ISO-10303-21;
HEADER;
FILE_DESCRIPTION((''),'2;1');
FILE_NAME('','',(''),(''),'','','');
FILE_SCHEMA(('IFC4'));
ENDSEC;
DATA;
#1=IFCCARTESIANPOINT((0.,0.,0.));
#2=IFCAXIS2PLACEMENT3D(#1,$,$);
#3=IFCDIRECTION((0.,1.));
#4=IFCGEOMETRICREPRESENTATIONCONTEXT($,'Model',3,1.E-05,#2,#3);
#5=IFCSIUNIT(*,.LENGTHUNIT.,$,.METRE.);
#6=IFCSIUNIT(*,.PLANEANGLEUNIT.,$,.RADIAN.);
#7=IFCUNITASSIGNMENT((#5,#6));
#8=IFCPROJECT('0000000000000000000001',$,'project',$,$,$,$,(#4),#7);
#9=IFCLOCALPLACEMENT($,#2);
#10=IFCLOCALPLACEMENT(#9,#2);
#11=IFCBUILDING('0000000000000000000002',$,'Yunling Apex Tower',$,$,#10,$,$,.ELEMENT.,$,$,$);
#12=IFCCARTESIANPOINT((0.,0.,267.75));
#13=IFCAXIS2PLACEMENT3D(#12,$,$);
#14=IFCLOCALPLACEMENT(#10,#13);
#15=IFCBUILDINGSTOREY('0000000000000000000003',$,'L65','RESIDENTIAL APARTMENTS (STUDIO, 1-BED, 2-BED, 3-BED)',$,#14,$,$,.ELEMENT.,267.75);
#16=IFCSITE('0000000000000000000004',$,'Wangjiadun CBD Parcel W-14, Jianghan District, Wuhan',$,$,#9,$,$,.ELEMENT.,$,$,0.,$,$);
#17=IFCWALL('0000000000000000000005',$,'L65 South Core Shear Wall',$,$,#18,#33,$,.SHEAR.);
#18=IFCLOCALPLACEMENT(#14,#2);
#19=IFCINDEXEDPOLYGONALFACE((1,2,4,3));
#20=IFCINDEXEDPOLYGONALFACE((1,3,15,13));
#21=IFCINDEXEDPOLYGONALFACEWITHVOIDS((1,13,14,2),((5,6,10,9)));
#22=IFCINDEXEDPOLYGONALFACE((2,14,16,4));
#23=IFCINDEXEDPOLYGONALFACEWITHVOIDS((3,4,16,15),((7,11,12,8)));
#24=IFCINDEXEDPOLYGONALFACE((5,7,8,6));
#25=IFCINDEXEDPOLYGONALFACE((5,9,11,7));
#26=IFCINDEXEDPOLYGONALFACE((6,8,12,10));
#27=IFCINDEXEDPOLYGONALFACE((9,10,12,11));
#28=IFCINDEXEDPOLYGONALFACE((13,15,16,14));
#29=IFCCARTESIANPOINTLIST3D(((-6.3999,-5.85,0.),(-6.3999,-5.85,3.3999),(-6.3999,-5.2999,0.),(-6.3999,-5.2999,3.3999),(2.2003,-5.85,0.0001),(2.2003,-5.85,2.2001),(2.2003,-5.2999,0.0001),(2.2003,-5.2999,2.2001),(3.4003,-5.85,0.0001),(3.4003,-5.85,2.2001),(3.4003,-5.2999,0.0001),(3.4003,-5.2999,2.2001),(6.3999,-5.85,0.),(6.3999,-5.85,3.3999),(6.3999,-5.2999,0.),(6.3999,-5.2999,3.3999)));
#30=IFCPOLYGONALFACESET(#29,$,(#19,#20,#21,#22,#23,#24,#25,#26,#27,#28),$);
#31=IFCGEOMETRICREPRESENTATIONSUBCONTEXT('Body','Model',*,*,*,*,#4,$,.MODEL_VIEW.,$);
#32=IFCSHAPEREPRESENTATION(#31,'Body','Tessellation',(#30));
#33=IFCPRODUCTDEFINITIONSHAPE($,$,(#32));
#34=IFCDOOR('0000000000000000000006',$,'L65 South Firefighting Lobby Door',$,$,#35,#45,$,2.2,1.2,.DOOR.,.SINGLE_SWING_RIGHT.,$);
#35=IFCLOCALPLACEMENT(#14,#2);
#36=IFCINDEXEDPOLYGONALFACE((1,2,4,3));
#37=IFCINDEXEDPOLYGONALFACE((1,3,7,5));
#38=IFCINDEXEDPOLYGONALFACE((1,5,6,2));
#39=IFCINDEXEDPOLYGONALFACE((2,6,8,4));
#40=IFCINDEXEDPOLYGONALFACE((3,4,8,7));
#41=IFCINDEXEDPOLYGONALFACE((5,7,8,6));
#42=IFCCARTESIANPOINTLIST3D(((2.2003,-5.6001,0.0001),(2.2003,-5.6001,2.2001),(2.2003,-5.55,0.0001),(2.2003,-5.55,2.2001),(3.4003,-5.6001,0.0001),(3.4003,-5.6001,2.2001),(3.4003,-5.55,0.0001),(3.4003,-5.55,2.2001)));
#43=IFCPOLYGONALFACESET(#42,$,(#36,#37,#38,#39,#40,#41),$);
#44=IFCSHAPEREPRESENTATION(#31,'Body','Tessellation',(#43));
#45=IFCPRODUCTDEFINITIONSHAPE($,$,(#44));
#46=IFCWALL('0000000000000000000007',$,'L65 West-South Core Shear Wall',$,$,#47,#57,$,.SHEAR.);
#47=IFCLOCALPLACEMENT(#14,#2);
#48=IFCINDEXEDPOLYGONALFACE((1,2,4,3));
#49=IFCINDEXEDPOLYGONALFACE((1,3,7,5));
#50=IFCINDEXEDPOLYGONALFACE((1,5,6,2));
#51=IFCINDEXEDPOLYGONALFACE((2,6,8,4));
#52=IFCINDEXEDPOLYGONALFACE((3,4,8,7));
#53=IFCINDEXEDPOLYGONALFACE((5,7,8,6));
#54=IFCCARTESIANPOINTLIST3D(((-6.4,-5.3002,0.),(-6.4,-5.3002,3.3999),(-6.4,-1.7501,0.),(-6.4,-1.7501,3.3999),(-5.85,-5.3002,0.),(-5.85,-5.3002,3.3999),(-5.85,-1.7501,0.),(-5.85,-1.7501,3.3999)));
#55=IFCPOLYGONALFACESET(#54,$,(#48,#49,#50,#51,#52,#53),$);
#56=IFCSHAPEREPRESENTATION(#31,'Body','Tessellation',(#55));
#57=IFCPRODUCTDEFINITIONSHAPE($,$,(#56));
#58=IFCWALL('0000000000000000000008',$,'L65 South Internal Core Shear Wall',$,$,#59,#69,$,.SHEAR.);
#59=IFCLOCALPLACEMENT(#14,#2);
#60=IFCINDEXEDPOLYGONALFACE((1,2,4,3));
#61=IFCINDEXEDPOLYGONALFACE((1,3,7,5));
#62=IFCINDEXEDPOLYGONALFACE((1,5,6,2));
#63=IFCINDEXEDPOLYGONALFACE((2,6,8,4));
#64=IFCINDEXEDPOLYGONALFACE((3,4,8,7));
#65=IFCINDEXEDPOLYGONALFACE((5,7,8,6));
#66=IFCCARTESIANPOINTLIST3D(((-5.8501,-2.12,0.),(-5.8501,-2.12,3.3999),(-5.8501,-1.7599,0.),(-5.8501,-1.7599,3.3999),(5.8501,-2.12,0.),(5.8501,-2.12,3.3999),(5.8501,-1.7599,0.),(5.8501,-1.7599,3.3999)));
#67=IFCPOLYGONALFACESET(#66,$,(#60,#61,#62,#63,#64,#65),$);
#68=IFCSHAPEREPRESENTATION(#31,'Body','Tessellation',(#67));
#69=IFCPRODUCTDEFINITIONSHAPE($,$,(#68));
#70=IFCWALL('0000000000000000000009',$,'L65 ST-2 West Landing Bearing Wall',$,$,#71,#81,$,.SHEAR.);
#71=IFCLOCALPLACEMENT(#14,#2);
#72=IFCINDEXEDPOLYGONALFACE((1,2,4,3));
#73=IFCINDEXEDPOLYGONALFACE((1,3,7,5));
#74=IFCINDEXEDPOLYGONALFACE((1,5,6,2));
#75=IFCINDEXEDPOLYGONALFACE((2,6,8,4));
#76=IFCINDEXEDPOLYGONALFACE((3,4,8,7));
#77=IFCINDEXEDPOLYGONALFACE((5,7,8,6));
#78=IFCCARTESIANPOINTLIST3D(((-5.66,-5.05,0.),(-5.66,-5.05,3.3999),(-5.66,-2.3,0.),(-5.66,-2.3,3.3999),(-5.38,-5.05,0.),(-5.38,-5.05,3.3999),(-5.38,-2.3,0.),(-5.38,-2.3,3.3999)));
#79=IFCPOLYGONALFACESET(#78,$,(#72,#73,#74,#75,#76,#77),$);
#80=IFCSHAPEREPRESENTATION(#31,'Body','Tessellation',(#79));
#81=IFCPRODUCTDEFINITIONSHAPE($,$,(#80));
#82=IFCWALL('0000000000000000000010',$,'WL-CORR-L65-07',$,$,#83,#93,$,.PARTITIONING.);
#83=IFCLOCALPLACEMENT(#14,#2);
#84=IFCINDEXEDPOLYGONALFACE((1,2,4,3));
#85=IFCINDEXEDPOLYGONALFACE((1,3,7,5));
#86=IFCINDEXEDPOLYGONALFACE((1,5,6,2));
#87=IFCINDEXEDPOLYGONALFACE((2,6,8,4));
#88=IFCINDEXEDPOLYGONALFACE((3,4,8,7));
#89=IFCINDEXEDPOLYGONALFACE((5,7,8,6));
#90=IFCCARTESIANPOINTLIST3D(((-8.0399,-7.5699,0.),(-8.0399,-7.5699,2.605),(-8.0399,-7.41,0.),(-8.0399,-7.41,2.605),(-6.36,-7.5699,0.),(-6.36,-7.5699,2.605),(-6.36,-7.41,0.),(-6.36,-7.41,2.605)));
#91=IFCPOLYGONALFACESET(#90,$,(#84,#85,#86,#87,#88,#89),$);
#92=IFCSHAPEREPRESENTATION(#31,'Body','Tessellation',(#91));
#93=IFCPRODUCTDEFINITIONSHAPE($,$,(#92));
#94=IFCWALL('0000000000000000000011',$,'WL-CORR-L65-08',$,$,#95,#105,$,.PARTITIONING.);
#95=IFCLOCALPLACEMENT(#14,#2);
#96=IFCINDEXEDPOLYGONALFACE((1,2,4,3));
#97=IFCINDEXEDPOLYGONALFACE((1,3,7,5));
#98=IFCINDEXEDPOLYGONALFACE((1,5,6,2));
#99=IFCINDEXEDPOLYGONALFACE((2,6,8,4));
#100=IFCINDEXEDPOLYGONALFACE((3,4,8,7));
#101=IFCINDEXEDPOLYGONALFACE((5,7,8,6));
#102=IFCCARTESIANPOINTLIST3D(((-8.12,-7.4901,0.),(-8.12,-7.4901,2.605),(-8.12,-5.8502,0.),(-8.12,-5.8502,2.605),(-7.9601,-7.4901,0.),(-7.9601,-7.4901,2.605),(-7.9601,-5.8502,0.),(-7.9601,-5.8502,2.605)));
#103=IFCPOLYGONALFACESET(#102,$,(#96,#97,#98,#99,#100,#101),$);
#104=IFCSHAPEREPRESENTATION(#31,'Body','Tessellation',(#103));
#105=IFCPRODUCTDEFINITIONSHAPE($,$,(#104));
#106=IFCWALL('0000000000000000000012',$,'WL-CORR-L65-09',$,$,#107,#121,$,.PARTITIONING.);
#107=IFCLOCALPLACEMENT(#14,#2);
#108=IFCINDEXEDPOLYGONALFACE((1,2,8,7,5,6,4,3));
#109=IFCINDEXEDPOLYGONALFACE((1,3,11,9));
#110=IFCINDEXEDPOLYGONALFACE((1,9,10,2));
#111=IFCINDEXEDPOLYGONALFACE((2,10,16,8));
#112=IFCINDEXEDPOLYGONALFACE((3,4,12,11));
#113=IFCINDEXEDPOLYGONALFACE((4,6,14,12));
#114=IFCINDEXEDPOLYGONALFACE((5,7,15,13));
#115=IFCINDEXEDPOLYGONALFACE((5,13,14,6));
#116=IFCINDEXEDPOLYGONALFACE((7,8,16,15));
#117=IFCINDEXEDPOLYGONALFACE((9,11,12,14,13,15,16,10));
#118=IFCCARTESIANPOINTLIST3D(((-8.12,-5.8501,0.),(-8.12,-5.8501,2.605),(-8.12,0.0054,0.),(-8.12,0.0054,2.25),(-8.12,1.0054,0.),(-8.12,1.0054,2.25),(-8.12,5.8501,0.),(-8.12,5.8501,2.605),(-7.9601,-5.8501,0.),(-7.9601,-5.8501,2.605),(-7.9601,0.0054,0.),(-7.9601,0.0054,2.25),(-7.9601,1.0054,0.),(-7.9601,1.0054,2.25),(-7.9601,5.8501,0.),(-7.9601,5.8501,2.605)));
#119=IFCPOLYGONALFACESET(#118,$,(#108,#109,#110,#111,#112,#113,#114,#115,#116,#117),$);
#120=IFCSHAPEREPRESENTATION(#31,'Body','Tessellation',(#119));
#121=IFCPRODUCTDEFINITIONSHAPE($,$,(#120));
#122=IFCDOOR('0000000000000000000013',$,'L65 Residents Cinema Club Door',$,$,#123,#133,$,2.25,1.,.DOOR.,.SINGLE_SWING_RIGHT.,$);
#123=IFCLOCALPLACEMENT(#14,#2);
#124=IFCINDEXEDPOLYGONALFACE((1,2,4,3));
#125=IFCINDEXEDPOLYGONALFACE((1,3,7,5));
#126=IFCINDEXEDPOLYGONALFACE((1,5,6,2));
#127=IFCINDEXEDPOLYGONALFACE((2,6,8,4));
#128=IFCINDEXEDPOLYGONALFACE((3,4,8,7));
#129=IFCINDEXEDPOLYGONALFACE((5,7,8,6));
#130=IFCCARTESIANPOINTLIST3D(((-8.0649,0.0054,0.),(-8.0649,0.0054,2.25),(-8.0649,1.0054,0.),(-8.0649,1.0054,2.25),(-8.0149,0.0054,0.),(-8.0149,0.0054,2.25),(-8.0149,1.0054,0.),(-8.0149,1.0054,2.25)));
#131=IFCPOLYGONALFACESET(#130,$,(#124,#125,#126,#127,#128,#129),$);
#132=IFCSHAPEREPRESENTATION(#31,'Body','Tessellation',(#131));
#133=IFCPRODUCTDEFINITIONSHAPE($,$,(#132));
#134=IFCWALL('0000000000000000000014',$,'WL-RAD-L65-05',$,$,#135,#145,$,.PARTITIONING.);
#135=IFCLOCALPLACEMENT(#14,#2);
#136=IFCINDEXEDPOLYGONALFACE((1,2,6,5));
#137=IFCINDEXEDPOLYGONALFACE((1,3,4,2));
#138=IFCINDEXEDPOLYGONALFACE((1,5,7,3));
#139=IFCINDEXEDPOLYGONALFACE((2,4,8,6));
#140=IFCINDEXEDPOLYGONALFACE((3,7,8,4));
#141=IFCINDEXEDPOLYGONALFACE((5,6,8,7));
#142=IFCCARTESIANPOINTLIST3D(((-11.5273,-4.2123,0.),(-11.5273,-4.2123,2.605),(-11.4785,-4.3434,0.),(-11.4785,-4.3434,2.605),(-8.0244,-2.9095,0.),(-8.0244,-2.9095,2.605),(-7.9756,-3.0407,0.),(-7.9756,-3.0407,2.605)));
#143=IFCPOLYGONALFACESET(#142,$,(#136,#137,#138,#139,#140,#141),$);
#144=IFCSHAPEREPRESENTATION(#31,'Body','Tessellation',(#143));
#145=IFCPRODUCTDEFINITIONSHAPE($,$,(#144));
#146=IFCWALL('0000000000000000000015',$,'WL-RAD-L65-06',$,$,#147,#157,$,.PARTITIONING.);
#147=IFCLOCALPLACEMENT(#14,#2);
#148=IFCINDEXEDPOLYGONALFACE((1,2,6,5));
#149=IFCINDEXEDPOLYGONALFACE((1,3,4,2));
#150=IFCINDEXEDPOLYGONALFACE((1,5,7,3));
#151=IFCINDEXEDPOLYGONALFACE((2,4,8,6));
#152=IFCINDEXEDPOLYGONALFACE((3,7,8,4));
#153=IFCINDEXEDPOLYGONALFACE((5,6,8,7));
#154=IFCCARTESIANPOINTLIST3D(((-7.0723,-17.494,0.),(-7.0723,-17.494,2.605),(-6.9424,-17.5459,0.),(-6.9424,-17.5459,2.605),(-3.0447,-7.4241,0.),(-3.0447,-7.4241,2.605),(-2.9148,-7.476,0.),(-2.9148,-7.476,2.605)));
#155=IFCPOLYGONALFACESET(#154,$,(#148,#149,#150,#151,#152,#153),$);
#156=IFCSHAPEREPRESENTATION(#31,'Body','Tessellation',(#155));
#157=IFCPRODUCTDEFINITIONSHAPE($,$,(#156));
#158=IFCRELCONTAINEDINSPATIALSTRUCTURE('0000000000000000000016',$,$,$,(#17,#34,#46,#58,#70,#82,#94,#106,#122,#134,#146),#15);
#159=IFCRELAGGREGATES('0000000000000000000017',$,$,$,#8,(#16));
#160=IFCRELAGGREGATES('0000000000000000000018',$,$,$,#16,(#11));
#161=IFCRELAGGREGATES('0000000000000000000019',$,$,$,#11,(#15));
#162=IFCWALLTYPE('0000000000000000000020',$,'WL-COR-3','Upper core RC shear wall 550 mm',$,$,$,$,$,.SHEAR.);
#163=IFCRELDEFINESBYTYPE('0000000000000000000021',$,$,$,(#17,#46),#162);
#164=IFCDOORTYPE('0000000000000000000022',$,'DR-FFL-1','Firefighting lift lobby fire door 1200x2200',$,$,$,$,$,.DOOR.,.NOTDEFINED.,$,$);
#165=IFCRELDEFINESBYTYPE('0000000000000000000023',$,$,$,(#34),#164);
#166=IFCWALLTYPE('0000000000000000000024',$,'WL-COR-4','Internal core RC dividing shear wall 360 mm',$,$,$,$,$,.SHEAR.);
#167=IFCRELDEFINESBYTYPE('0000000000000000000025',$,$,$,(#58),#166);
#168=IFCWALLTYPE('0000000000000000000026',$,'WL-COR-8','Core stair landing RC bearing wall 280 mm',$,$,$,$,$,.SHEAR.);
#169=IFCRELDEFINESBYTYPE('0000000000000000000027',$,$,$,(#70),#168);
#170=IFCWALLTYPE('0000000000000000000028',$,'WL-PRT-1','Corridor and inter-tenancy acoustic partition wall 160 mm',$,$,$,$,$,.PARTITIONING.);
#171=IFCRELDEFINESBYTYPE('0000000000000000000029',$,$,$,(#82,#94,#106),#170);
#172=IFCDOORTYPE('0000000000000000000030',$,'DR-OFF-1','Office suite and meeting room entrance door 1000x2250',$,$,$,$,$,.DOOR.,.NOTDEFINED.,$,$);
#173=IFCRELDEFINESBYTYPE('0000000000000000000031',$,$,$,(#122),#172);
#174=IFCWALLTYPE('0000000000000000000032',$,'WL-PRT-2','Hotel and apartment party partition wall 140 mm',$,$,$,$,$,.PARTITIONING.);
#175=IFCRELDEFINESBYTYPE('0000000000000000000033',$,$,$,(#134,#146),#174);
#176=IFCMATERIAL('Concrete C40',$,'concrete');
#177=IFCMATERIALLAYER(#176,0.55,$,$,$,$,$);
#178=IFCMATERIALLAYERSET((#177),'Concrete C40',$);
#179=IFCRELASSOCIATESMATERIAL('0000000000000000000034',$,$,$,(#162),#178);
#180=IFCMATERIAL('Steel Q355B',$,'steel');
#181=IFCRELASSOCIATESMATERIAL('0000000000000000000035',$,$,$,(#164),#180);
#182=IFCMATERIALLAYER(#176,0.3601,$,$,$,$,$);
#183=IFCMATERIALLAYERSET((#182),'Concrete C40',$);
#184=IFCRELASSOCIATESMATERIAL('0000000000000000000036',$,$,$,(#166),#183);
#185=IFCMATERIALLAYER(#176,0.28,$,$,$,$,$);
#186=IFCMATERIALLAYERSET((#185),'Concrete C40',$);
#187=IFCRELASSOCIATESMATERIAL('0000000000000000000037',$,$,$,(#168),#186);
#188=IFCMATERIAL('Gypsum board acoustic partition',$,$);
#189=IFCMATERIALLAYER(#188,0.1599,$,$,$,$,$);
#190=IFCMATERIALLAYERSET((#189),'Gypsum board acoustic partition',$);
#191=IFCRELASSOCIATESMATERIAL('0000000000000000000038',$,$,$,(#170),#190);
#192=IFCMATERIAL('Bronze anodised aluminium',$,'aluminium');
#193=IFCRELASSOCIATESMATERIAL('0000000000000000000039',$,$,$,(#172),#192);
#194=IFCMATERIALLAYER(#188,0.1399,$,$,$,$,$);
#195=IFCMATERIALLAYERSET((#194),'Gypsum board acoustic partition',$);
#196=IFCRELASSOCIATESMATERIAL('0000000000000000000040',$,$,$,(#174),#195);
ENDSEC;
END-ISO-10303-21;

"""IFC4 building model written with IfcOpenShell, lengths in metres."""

from ifc_helpers import new_model, si_unit, direction, frame, frame_2d, origin, place, context, subcontext, project, spatial, rectangle, extrude, material, layer, layer_set, type_object, element, fill, save


model = new_model("IFC4")

# Units and contexts
model_context = context("Model", 3, precision=1e-05, world=origin(), true_north=direction((0.0, 1.0)))
body_context = subcontext(model_context, "Body", "Model", "MODEL_VIEW")
ifc_project = project(units=[si_unit("LENGTHUNIT", "METRE"), si_unit("PLANEANGLEUNIT", "RADIAN")], contexts=[model_context])

# Site, building, storey
site_placement = place(None, origin())
site = spatial("IfcSite", under=ifc_project, at=site_placement, Name="Wangjiadun CBD Parcel W-14, Jianghan District, Wuhan", CompositionType="ELEMENT", RefElevation=0.0)
building_placement = place(site_placement, origin())
building = spatial("IfcBuilding", under=site, at=building_placement, Name="Yunling Apex Tower", CompositionType="ELEMENT")
storey_placement = place(building_placement, frame((0.0, 0.0, 267.75)))
storey = spatial("IfcBuildingStorey", under=building, at=storey_placement, Name="L65", Description="RESIDENTIAL APARTMENTS (STUDIO, 1-BED, 2-BED, 3-BED)", CompositionType="ELEMENT", Elevation=267.75)

# Shared definitions
ifc_material_1 = material(Name="Steel Q355B", Category="steel")

# Shared definitions
ifc_material_2 = material(Name="Concrete C40", Category="concrete")

# Shared definitions
ifc_material_3 = material(Name="Bronze anodised aluminium", Category="aluminium")

# Wall, opening, door
ifc_layer_1 = layer(ifc_material_2, 0.55)
ifc_layer_set_1 = layer_set([ifc_layer_1], Name="Concrete C40")
wall_type_1 = type_object("IfcWallType", Name="WL-COR-3", Description="Upper core RC shear wall 550 mm", PredefinedType="SHEAR", material=ifc_layer_set_1)
wall_1_placement = place(storey_placement, frame((-6.3999, -5.575, 0.0), z_axis=(0.0, 0.0, 1.0), x_axis=(1.0, 0.0, 0.0)))
wall_1 = element("IfcWall", 1, at=wall_1_placement, inside=storey, type_object=wall_type_1, Name="L65 South Core Shear Wall", PredefinedType="SHEAR", context=body_context, shape_type="SweptSolid", body=[
    extrude(rectangle(XDim=12.7998, YDim=0.55, at=frame_2d((6.3999, 0.0))), origin(), (0.0, 0.0, 1.0), 3.3999),
])
opening_1_placement = place(wall_1_placement, frame((8.6001, 0.0, 0.0)))
opening_1 = element("IfcOpeningElement", 2, at=opening_1_placement, cuts=wall_1, PredefinedType="OPENING", context=body_context, shape_type="SweptSolid", body=[
    extrude(rectangle(XDim=1.2, YDim=2.2, at=frame_2d((0.6001, 1.1001))), frame((0.0, 0.2852, 0.0), z_axis=(0.0, -1.0, 0.0), x_axis=(1.0, 0.0, 0.0)), (0.0, 0.0, 1.0), 0.5701),
])
door_type_1 = type_object("IfcDoorType", Name="DR-FFL-1", Description="Firefighting lift lobby fire door 1200x2200", OperationType="NOTDEFINED", PredefinedType="DOOR", material=ifc_material_1)
door_1_placement = place(opening_1_placement, origin())
door_1 = element("IfcDoor", 3, at=door_1_placement, inside=storey, type_object=door_type_1, Name="L65 South Firefighting Lobby Door", OperationType="SINGLE_SWING_RIGHT", OverallHeight=2.2, OverallWidth=1.2, PredefinedType="DOOR", context=body_context, shape_type="SweptSolid", body=[
    extrude(rectangle(XDim=1.2, YDim=2.2, at=frame_2d((0.6001, 1.1001))), frame((0.0, 0.0249, 0.0), z_axis=(0.0, -1.0, 0.0), x_axis=(1.0, 0.0, 0.0)), (0.0, 0.0, 1.0), 0.05),
])
fill(opening_1, door_1)

# Walls
wall_2_placement = place(storey_placement, frame((-6.125, -5.3, 0.0), z_axis=(0.0, 0.0, 1.0), x_axis=(0.0, 1.0, 0.0)))
element("IfcWall", 4, at=wall_2_placement, inside=storey, type_object=wall_type_1, Name="L65 West-South Core Shear Wall", PredefinedType="SHEAR", context=body_context, shape_type="SweptSolid", body=[
    extrude(rectangle(XDim=3.55, YDim=0.55, at=frame_2d((1.7749, 0.0))), origin(), (0.0, 0.0, 1.0), 3.3999),
])
ifc_layer_2 = layer(ifc_material_2, 0.3601)
ifc_layer_set_2 = layer_set([ifc_layer_2], Name="Concrete C40")
wall_type_2 = type_object("IfcWallType", Name="WL-COR-4", Description="Internal core RC dividing shear wall 360 mm", PredefinedType="SHEAR", material=ifc_layer_set_2)
wall_3_placement = place(storey_placement, frame((-5.8501, -1.9399, 0.0), z_axis=(0.0, 0.0, 1.0), x_axis=(1.0, 0.0, 0.0)))
element("IfcWall", 5, at=wall_3_placement, inside=storey, type_object=wall_type_2, Name="L65 South Internal Core Shear Wall", PredefinedType="SHEAR", context=body_context, shape_type="SweptSolid", body=[
    extrude(rectangle(XDim=11.7002, YDim=0.3601, at=frame_2d((5.8501, 0.0))), origin(), (0.0, 0.0, 1.0), 3.3999),
])
ifc_layer_3 = layer(ifc_material_2, 0.28)
ifc_layer_set_3 = layer_set([ifc_layer_3], Name="Concrete C40")
wall_type_3 = type_object("IfcWallType", Name="WL-COR-8", Description="Core stair landing RC bearing wall 280 mm", PredefinedType="SHEAR", material=ifc_layer_set_3)
wall_4_placement = place(storey_placement, frame((-5.52, -5.05, 0.0), z_axis=(0.0, 0.0, 1.0), x_axis=(0.0, 1.0, 0.0)))
element("IfcWall", 6, at=wall_4_placement, inside=storey, type_object=wall_type_3, Name="L65 ST-2 West Landing Bearing Wall", PredefinedType="SHEAR", context=body_context, shape_type="SweptSolid", body=[
    extrude(rectangle(XDim=2.75, YDim=0.28, at=frame_2d((1.375, 0.0))), origin(), (0.0, 0.0, 1.0), 3.3999),
])
ifc_material_4 = material(Name="Gypsum board acoustic partition")
ifc_layer_4 = layer(ifc_material_4, 0.1599)
ifc_layer_set_4 = layer_set([ifc_layer_4], Name="Gypsum board acoustic partition")
wall_type_4 = type_object("IfcWallType", Name="WL-PRT-1", Description="Corridor and inter-tenancy acoustic partition wall 160 mm", PredefinedType="PARTITIONING", material=ifc_layer_set_4)
wall_5_placement = place(storey_placement, frame((-6.3601, -7.49, 0.0), z_axis=(0.0, 0.0, 1.0), x_axis=(-1.0, 0.0, 0.0)))
element("IfcWall", 7, at=wall_5_placement, inside=storey, type_object=wall_type_4, Name="WL-CORR-L65-07", PredefinedType="PARTITIONING", context=body_context, shape_type="SweptSolid", body=[
    extrude(rectangle(XDim=1.6799, YDim=0.1599, at=frame_2d((0.8398, 0.0))), origin(), (0.0, 0.0, 1.0), 2.605),
])
wall_6_placement = place(storey_placement, frame((-8.04, -7.49, 0.0), z_axis=(0.0, 0.0, 1.0), x_axis=(0.0, 1.0, 0.0)))
element("IfcWall", 8, at=wall_6_placement, inside=storey, type_object=wall_type_4, Name="WL-CORR-L65-08", PredefinedType="PARTITIONING", context=body_context, shape_type="SweptSolid", body=[
    extrude(rectangle(XDim=1.6399, YDim=0.1599, at=frame_2d((0.8198, 0.0))), origin(), (0.0, 0.0, 1.0), 2.605),
])

# Wall, opening, door
wall_7_placement = place(storey_placement, frame((-8.04, -5.8501, 0.0), z_axis=(0.0, 0.0, 1.0), x_axis=(0.0, 1.0, 0.0)))
wall_7 = element("IfcWall", 9, at=wall_7_placement, inside=storey, type_object=wall_type_4, Name="WL-CORR-L65-09", PredefinedType="PARTITIONING", context=body_context, shape_type="SweptSolid", body=[
    extrude(rectangle(XDim=11.7002, YDim=0.1599, at=frame_2d((5.8501, 0.0))), origin(), (0.0, 0.0, 1.0), 2.605),
])
opening_2_placement = place(wall_7_placement, frame((5.8555, 0.0, 0.0)))
opening_2 = element("IfcOpeningElement", 10, at=opening_2_placement, cuts=wall_7, PredefinedType="OPENING", context=body_context, shape_type="SweptSolid", body=[
    extrude(rectangle(XDim=1.0, YDim=2.25, at=frame_2d((0.5, 1.125))), frame((0.0, 0.0898, 0.0), z_axis=(0.0, -1.0, 0.0), x_axis=(1.0, 0.0, 0.0)), (0.0, 0.0, 1.0), 0.1799),
])
door_type_2 = type_object("IfcDoorType", Name="DR-OFF-1", Description="Office suite and meeting room entrance door 1000x2250", OperationType="NOTDEFINED", PredefinedType="DOOR", material=ifc_material_3)
door_2_placement = place(opening_2_placement, origin())
door_2 = element("IfcDoor", 11, at=door_2_placement, inside=storey, type_object=door_type_2, Name="L65 Residents Cinema Club Door", OperationType="SINGLE_SWING_RIGHT", OverallHeight=2.25, OverallWidth=1.0, PredefinedType="DOOR", context=body_context, shape_type="SweptSolid", body=[
    extrude(rectangle(XDim=1.0, YDim=2.25, at=frame_2d((0.5, 1.125))), frame((0.0, 0.0249, 0.0), z_axis=(0.0, -1.0, 0.0), x_axis=(1.0, 0.0, 0.0)), (0.0, 0.0, 1.0), 0.05),
])
fill(opening_2, door_2)

# Walls
ifc_layer_5 = layer(ifc_material_4, 0.1399)
ifc_layer_set_5 = layer_set([ifc_layer_5], Name="Gypsum board acoustic partition")
wall_type_5 = type_object("IfcWallType", Name="WL-PRT-2", Description="Hotel and apartment party partition wall 140 mm", PredefinedType="PARTITIONING", material=ifc_layer_set_5)
wall_8_placement = place(storey_placement, frame((-8.0, -2.9751, 0.0), z_axis=(0.0, 0.0, 1.0), x_axis=(-0.937281, -0.348574, 0.0)))
element("IfcWall", 12, at=wall_8_placement, inside=storey, type_object=wall_type_5, Name="WL-RAD-L65-05", PredefinedType="PARTITIONING", context=body_context, shape_type="SweptSolid", body=[
    extrude(rectangle(XDim=3.7373, YDim=0.1399, at=frame_2d((1.8687, 0.0))), origin(), (0.0, 0.0, 1.0), 2.605),
])
wall_9_placement = place(storey_placement, frame((-2.9797, -7.45, 0.0), z_axis=(0.0, 0.0, 1.0), x_axis=(-0.371364, -0.928488, 0.0)))
element("IfcWall", 13, at=wall_9_placement, inside=storey, type_object=wall_type_5, Name="WL-RAD-L65-06", PredefinedType="PARTITIONING", context=body_context, shape_type="SweptSolid", body=[
    extrude(rectangle(XDim=10.8455, YDim=0.1399, at=frame_2d((5.4229, 0.0))), origin(), (0.0, 0.0, 1.0), 2.605),
])

save(model, "model.ifc")
